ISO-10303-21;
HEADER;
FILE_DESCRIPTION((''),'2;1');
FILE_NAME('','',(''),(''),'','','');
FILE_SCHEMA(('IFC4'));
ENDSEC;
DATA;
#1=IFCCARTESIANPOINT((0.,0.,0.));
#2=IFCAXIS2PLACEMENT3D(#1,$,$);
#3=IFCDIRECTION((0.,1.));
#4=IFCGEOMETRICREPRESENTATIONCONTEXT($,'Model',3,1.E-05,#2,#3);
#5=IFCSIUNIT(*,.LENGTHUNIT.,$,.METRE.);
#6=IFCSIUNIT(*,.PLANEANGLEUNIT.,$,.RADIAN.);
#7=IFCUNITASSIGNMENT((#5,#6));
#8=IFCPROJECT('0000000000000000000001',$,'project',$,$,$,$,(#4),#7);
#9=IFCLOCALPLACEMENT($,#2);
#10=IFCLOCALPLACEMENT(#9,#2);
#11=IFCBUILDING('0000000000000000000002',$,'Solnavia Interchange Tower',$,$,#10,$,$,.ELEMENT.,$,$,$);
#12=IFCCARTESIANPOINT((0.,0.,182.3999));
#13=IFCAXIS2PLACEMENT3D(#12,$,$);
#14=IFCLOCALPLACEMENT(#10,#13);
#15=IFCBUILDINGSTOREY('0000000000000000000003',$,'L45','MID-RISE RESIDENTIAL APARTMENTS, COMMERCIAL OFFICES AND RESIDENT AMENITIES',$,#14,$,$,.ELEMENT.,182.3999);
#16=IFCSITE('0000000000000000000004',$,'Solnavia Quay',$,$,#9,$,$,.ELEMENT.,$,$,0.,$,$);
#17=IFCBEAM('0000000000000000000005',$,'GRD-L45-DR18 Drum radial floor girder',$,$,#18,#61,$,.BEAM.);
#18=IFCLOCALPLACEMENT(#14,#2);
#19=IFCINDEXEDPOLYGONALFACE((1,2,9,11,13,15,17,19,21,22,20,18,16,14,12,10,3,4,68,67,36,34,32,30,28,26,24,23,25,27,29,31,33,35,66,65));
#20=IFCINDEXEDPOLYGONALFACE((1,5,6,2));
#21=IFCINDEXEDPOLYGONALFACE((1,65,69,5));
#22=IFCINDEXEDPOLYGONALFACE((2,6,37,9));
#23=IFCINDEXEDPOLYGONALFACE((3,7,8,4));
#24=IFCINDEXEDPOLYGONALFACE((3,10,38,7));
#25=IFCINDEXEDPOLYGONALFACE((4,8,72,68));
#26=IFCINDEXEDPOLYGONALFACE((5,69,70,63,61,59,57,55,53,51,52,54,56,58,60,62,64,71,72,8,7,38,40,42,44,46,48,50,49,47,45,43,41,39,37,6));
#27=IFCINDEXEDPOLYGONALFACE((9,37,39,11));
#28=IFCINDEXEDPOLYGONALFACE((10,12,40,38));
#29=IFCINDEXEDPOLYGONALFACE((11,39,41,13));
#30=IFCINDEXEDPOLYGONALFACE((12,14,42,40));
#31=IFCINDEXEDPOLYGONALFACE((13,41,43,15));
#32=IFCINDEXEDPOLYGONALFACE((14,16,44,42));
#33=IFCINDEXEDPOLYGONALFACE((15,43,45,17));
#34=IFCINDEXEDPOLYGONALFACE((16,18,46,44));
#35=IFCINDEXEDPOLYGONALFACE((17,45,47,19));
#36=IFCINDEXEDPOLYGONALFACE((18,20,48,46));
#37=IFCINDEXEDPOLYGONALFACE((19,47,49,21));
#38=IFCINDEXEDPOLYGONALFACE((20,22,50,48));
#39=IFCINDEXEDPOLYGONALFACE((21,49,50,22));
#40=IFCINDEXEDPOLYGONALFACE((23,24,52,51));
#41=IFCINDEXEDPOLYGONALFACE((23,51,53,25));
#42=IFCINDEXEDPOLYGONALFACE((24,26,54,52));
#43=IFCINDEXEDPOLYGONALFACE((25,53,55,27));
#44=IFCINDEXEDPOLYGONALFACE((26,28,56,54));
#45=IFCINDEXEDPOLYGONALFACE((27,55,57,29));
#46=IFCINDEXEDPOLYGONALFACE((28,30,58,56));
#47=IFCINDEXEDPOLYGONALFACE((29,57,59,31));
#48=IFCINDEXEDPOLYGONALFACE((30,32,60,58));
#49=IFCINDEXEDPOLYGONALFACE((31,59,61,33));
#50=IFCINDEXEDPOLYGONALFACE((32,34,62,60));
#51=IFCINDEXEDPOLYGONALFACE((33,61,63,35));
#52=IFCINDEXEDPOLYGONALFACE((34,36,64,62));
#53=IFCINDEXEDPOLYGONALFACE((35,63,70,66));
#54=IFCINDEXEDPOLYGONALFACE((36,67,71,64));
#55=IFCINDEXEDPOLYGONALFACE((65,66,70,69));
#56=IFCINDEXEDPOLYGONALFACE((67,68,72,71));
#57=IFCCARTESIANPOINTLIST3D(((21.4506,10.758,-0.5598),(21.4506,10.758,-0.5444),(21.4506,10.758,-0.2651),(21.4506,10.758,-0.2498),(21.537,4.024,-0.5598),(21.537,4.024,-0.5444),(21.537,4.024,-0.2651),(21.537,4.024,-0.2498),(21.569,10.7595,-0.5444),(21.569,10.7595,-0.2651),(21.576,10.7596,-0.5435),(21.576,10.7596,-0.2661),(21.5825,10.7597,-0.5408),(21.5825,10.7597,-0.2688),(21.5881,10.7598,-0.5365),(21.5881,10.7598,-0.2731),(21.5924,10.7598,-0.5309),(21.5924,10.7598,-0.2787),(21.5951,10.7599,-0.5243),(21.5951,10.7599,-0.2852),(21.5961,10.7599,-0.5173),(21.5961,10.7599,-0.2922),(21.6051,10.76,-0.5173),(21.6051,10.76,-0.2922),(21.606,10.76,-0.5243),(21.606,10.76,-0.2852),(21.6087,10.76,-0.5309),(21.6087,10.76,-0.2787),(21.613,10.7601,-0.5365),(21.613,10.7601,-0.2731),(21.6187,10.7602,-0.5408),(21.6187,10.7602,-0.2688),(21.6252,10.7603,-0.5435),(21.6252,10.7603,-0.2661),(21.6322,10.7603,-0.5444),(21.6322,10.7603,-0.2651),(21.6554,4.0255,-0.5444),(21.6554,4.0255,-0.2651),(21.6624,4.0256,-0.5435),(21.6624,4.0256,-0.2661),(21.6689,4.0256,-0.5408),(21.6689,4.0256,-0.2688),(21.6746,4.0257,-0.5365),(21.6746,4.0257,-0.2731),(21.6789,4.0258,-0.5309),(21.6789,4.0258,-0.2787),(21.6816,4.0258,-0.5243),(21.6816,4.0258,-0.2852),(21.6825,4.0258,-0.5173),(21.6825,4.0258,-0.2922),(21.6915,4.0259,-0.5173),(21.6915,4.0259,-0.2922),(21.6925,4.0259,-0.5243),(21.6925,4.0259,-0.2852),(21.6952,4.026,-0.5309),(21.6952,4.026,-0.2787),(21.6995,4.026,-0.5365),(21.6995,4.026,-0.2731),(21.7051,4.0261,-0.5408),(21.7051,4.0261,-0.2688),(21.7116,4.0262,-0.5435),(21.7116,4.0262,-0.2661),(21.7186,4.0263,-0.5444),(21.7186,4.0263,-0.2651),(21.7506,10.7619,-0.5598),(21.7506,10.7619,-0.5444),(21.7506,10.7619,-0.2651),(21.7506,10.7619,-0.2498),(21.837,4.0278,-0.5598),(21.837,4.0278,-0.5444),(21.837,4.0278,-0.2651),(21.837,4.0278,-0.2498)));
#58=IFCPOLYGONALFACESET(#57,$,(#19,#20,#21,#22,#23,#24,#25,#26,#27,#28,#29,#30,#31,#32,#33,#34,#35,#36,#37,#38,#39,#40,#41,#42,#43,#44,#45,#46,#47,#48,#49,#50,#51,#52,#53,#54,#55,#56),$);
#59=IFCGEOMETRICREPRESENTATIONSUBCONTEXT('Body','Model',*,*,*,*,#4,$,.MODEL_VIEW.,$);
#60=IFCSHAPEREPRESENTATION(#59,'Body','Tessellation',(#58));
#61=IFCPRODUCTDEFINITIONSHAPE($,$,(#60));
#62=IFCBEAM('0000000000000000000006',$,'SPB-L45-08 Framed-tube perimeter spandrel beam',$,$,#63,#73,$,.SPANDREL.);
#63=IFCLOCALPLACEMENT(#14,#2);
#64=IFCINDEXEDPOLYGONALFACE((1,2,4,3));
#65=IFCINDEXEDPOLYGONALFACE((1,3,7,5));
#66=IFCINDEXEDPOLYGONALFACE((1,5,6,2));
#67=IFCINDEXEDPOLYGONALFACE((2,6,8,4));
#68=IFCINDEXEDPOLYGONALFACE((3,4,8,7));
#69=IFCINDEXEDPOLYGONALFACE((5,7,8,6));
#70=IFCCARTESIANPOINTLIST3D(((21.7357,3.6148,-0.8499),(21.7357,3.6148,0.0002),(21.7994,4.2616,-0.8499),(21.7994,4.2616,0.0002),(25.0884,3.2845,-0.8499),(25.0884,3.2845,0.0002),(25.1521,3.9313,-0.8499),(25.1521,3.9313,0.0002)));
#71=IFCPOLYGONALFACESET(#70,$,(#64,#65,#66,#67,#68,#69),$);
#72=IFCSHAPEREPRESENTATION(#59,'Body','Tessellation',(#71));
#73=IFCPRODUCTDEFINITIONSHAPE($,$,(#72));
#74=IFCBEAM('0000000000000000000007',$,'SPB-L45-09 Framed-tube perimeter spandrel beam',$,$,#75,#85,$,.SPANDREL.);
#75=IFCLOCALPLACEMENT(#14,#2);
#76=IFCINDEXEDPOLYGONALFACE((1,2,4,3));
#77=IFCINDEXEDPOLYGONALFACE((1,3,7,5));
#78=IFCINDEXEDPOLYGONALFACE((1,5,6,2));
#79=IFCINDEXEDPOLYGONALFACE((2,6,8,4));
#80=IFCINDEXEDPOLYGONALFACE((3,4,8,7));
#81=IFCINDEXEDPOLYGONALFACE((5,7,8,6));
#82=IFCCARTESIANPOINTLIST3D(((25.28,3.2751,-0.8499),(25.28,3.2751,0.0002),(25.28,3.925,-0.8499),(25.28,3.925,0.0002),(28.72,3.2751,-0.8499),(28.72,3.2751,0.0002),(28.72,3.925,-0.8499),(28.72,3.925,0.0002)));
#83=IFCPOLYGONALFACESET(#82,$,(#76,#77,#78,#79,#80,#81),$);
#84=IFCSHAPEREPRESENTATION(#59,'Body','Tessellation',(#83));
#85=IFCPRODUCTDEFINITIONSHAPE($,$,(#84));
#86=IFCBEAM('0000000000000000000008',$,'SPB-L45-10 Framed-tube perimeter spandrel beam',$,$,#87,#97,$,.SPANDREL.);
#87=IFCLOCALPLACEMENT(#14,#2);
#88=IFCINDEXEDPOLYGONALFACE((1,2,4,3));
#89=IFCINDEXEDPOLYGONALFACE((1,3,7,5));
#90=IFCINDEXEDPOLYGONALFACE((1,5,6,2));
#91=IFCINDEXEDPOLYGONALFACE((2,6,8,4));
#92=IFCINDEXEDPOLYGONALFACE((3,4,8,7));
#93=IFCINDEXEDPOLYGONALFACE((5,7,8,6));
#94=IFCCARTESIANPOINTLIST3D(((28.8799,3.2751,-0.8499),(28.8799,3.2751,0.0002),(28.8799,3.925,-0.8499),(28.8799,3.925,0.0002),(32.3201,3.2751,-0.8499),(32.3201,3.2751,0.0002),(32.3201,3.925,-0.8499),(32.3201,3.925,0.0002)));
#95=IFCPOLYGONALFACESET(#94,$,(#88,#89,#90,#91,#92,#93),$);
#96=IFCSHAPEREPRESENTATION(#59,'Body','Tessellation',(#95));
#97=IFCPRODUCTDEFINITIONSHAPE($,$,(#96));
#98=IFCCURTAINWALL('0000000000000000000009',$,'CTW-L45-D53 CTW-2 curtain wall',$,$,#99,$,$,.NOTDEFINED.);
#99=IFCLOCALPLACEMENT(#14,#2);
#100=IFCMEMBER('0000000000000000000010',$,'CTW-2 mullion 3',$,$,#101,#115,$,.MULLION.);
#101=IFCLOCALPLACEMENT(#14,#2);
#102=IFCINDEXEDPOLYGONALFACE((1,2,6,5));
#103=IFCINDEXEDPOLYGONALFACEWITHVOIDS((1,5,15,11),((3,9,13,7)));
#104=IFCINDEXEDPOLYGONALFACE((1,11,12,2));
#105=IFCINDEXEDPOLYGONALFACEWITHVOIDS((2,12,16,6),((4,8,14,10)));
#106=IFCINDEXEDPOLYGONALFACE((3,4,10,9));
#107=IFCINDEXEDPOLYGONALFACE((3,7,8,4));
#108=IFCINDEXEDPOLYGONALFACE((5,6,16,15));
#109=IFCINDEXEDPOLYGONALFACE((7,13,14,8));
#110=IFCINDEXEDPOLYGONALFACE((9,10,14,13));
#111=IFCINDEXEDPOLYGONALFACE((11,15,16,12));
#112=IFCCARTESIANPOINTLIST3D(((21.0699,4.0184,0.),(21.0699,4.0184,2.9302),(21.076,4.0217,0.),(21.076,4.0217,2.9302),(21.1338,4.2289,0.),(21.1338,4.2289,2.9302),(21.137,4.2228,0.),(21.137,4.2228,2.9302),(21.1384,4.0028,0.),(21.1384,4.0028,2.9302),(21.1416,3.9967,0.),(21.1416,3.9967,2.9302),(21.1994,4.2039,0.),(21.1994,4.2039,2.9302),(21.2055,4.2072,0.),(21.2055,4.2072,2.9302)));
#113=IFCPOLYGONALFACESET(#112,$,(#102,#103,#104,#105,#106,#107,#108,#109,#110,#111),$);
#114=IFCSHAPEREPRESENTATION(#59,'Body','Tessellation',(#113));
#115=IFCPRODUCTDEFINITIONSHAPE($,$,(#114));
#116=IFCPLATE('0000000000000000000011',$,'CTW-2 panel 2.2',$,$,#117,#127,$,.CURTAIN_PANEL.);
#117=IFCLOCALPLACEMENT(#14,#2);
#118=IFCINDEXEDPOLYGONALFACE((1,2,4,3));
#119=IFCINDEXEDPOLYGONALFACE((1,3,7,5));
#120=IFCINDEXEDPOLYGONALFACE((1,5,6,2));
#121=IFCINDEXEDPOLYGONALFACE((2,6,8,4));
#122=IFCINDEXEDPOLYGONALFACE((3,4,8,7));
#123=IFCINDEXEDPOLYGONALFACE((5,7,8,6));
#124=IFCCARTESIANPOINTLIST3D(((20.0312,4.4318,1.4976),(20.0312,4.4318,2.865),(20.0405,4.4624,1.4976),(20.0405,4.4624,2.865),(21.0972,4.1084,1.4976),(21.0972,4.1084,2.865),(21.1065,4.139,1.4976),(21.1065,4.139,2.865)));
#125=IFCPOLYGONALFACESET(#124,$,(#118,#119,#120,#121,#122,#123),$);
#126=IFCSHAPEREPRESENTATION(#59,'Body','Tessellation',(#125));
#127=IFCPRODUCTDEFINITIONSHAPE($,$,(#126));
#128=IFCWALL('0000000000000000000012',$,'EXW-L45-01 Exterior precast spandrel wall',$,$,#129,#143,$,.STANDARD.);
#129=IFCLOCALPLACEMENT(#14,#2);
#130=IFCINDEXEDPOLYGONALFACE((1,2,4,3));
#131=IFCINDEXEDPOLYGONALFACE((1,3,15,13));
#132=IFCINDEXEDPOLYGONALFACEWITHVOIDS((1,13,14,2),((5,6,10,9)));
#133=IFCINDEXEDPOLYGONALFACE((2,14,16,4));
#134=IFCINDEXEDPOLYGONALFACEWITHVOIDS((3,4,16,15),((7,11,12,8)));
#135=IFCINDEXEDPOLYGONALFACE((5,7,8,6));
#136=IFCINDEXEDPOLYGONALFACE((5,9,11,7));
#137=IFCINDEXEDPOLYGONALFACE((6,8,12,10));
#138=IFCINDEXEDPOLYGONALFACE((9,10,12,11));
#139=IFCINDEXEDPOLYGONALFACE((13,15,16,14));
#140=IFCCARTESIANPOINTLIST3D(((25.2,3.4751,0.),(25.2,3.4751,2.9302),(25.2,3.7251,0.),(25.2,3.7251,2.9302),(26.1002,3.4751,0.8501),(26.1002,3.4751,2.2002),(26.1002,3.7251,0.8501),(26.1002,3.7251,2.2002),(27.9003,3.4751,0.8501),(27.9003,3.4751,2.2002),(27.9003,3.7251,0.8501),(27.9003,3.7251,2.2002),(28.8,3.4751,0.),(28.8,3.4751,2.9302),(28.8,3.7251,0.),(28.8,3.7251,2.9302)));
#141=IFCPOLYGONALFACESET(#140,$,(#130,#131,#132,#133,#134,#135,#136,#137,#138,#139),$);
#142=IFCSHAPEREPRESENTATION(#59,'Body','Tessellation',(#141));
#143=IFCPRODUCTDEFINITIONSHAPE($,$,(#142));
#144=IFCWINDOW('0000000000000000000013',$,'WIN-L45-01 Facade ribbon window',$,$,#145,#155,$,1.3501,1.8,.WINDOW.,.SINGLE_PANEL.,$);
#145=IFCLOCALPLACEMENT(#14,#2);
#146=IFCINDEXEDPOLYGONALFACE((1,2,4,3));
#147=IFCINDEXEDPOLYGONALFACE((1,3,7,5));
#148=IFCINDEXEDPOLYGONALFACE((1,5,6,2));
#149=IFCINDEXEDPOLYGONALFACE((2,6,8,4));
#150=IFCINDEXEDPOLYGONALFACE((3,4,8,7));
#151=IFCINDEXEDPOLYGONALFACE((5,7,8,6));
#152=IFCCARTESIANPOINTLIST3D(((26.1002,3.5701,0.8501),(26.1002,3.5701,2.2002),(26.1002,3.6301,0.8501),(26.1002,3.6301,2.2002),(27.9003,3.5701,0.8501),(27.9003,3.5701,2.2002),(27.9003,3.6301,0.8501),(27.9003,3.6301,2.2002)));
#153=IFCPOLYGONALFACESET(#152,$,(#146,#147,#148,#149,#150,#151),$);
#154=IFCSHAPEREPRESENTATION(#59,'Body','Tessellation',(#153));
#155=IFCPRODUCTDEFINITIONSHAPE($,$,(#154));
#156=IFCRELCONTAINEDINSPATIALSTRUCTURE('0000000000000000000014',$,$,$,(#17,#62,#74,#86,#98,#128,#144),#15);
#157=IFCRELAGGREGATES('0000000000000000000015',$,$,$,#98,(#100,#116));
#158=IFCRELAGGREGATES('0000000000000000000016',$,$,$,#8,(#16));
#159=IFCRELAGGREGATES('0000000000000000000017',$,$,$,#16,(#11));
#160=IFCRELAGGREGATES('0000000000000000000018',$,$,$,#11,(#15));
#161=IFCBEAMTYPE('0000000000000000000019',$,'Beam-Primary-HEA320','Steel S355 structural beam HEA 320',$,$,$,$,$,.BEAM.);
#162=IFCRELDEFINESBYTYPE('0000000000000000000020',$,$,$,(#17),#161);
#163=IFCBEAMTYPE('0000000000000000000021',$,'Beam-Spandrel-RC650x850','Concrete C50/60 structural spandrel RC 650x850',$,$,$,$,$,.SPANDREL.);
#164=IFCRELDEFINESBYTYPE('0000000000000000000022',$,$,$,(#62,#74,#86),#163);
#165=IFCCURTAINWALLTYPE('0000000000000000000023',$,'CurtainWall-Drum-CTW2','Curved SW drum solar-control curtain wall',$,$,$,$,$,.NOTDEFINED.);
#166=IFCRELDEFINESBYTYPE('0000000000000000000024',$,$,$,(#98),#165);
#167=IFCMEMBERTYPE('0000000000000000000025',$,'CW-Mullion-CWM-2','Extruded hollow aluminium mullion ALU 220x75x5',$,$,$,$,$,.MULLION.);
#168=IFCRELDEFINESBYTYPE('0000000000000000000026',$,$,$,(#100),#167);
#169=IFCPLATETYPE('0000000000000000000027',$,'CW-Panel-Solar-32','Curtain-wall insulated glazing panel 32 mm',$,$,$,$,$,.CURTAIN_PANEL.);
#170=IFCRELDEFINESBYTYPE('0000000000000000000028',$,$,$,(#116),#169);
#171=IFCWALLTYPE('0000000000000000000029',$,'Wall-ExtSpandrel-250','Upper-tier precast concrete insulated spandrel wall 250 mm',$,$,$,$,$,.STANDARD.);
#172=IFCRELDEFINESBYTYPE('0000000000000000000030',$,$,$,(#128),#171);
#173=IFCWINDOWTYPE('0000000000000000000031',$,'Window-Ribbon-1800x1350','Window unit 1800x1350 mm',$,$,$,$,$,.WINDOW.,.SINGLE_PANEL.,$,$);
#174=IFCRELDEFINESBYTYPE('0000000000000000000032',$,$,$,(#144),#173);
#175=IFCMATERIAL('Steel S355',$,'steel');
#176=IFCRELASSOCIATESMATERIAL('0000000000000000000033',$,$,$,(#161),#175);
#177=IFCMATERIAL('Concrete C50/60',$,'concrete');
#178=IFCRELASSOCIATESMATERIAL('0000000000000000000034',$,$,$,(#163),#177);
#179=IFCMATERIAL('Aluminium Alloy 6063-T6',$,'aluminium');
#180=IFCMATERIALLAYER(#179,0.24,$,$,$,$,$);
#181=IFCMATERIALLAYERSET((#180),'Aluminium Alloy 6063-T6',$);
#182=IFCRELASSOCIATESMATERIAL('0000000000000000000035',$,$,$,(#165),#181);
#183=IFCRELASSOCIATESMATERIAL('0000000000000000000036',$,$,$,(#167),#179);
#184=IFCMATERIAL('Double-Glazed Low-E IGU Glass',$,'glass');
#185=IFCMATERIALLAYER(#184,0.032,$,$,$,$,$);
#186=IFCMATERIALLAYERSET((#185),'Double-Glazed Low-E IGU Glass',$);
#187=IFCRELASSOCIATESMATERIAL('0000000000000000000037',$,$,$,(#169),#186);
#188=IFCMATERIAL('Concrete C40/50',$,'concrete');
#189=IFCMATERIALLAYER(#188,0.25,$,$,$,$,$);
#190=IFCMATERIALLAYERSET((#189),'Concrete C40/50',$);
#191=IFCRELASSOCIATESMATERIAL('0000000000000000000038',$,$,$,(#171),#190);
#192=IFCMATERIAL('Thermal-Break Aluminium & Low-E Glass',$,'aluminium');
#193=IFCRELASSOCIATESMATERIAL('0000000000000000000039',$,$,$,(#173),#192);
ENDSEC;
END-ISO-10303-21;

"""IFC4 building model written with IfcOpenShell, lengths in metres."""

from ifc_helpers import new_model, si_unit, direction, frame, frame_2d, origin, origin_2d, place, context, subcontext, project, spatial, rectangle, hollow_rectangle, i_section, extrude, material, layer, layer_set, material_profile, profile_set, type_object, element, fill, aggregate, save


model = new_model("IFC4")

# Units and contexts
model_context = context("Model", 3, precision=1e-05, world=origin(), true_north=direction((0.0, 1.0)))
body_context = subcontext(model_context, "Body", "Model", "MODEL_VIEW")
ifc_project = project(units=[si_unit("LENGTHUNIT", "METRE"), si_unit("PLANEANGLEUNIT", "RADIAN")], contexts=[model_context])

# Site, building, storey
site_placement = place(None, origin())
site = spatial("IfcSite", under=ifc_project, at=site_placement, Name="Solnavia Quay", CompositionType="ELEMENT", RefElevation=0.0)
building_placement = place(site_placement, origin())
building = spatial("IfcBuilding", under=site, at=building_placement, Name="Solnavia Interchange Tower", CompositionType="ELEMENT")
storey_placement = place(building_placement, frame((0.0, 0.0, 182.3999)))
storey = spatial("IfcBuildingStorey", under=building, at=storey_placement, Name="L45", Description="MID-RISE RESIDENTIAL APARTMENTS, COMMERCIAL OFFICES AND RESIDENT AMENITIES", CompositionType="ELEMENT", Elevation=182.3999)

# Shared definitions
ifc_material_1 = material(Name="Concrete C50/60", Category="concrete")
ifc_material_2 = material(Name="Steel S355", Category="steel")

# Beams
ifc_material_profile_1 = material_profile(ifc_material_2, i_section(OverallWidth=0.3, OverallDepth=0.3101, WebThickness=0.009, FlangeThickness=0.0154, FilletRadius=0.0271, at=origin_2d()), Name="HEA 320")
ifc_profile_set_1 = profile_set([ifc_material_profile_1], Name="Steel S355")
beam_type_1 = type_object("IfcBeamType", Name="Beam-Primary-HEA320", Description="Steel S355 structural beam HEA 320", PredefinedType="BEAM", material=ifc_profile_set_1)
beam_1_placement = place(storey_placement, frame((21.687, 4.0259, -0.4048), z_axis=(-0.012833, 0.999918, 0.0), x_axis=(-0.999918, -0.012833, 0.0)))
element("IfcBeam", 1, at=beam_1_placement, inside=storey, type_object=beam_type_1, Name="GRD-L45-DR18 Drum radial floor girder", PredefinedType="BEAM", context=body_context, shape_type="SweptSolid", body=[
    extrude(i_section(OverallWidth=0.3, OverallDepth=0.3101, WebThickness=0.009, FlangeThickness=0.0154, FilletRadius=0.0271, at=origin_2d()), origin(), (0.0, 0.0, 1.0), 6.7346),
])
ifc_material_profile_2 = material_profile(ifc_material_1, rectangle(XDim=0.6499, YDim=0.8501, at=origin_2d()), Name="RC 650x850")
ifc_profile_set_2 = profile_set([ifc_material_profile_2], Name="Concrete C50/60")
beam_type_2 = type_object("IfcBeamType", Name="Beam-Spandrel-RC650x850", Description="Concrete C50/60 structural spandrel RC 650x850", PredefinedType="SPANDREL", material=ifc_profile_set_2)
beam_2_placement = place(storey_placement, frame((21.7676, 3.9382, -0.4248), z_axis=(0.995182, -0.098047, 0.0), x_axis=(0.098047, 0.995182, 0.0)))
element("IfcBeam", 2, at=beam_2_placement, inside=storey, type_object=beam_type_2, Name="SPB-L45-08 Framed-tube perimeter spandrel beam", PredefinedType="SPANDREL", context=body_context, shape_type="SweptSolid", body=[
    extrude(rectangle(XDim=0.6499, YDim=0.8501, at=origin_2d()), origin(), (0.0, 0.0, 1.0), 3.3689),
])
beam_3_placement = place(storey_placement, frame((25.28, 3.6001, -0.4248), z_axis=(1.0, 0.0, 0.0), x_axis=(0.0, 1.0, 0.0)))
element("IfcBeam", 3, at=beam_3_placement, inside=storey, type_object=beam_type_2, Name="SPB-L45-09 Framed-tube perimeter spandrel beam", PredefinedType="SPANDREL", context=body_context, shape_type="SweptSolid", body=[
    extrude(rectangle(XDim=0.6499, YDim=0.8501, at=origin_2d()), origin(), (0.0, 0.0, 1.0), 3.4399),
])
beam_4_placement = place(storey_placement, frame((28.8799, 3.6001, -0.4248), z_axis=(1.0, 0.0, 0.0), x_axis=(0.0, 1.0, 0.0)))
element("IfcBeam", 4, at=beam_4_placement, inside=storey, type_object=beam_type_2, Name="SPB-L45-10 Framed-tube perimeter spandrel beam", PredefinedType="SPANDREL", context=body_context, shape_type="SweptSolid", body=[
    extrude(rectangle(XDim=0.6499, YDim=0.8501, at=origin_2d()), origin(), (0.0, 0.0, 1.0), 3.4402),
])

# Curtain wall, member, plate
ifc_material_3 = material(Name="Aluminium Alloy 6063-T6", Category="aluminium")
ifc_layer_1 = layer(ifc_material_3, 0.24)
ifc_layer_set_1 = layer_set([ifc_layer_1], Name="Aluminium Alloy 6063-T6")
curtain_wall_type = type_object("IfcCurtainWallType", Name="CurtainWall-Drum-CTW2", Description="Curved SW drum solar-control curtain wall", PredefinedType="NOTDEFINED", material=ifc_layer_set_1)
curtain_wall_placement = place(storey_placement, origin())
curtain_wall = element("IfcCurtainWall", 5, at=curtain_wall_placement, inside=storey, type_object=curtain_wall_type, Name="CTW-L45-D53 CTW-2 curtain wall", PredefinedType="NOTDEFINED")
ifc_material_profile_3 = material_profile(ifc_material_3, hollow_rectangle(XDim=0.075, YDim=0.22, WallThickness=0.0049, at=origin_2d()), Name="ALU 220x75x5")
ifc_profile_set_3 = profile_set([ifc_material_profile_3], Name="Aluminium Alloy 6063-T6")
member_type = type_object("IfcMemberType", Name="CW-Mullion-CWM-2", Description="Extruded hollow aluminium mullion ALU 220x75x5", PredefinedType="MULLION", material=ifc_profile_set_3)
member_placement = place(storey_placement, frame((21.1377, 4.1128, 0.0), z_axis=(0.0, 0.0, 1.0), x_axis=(0.956942, -0.290279, 0.0)))
member = element("IfcMember", 6, at=member_placement, type_object=member_type, Name="CTW-2 mullion 3", PredefinedType="MULLION", context=body_context, shape_type="SweptSolid", body=[
    extrude(hollow_rectangle(XDim=0.075, YDim=0.22, WallThickness=0.0049, at=origin_2d()), origin(), (0.0, 0.0, 1.0), 2.9302),
])
ifc_material_4 = material(Name="Double-Glazed Low-E IGU Glass", Category="glass")
ifc_layer_2 = layer(ifc_material_4, 0.032)
ifc_layer_set_2 = layer_set([ifc_layer_2], Name="Double-Glazed Low-E IGU Glass")
plate_type = type_object("IfcPlateType", Name="CW-Panel-Solar-32", Description="Curtain-wall insulated glazing panel 32 mm", PredefinedType="CURTAIN_PANEL", material=ifc_layer_set_2)
plate_placement = place(storey_placement, frame((20.5688, 4.2854, 1.4976), z_axis=(0.0, 0.0, 1.0), x_axis=(0.956942, -0.290279, 0.0)))
plate = element("IfcPlate", 7, at=plate_placement, type_object=plate_type, Name="CTW-2 panel 2.2", PredefinedType="CURTAIN_PANEL", context=body_context, shape_type="SweptSolid", body=[
    extrude(rectangle(XDim=1.114, YDim=0.032, at=origin_2d()), origin(), (0.0, 0.0, 1.0), 1.3674),
])
aggregate(curtain_wall, [member, plate])

# Wall, opening, window
ifc_material_5 = material(Name="Concrete C40/50", Category="concrete")
ifc_layer_3 = layer(ifc_material_5, 0.25)
ifc_layer_set_3 = layer_set([ifc_layer_3], Name="Concrete C40/50")
wall_type_1 = type_object("IfcWallType", Name="Wall-ExtSpandrel-250", Description="Upper-tier precast concrete insulated spandrel wall 250 mm", PredefinedType="STANDARD", material=ifc_layer_set_3)
wall_1_placement = place(storey_placement, frame((28.8, 3.6001, 0.0), z_axis=(0.0, 0.0, 1.0), x_axis=(-1.0, 0.0, 0.0)))
wall_1 = element("IfcWall", 8, at=wall_1_placement, inside=storey, type_object=wall_type_1, Name="EXW-L45-01 Exterior precast spandrel wall", PredefinedType="STANDARD", context=body_context, shape_type="SweptSolid", body=[
    extrude(rectangle(XDim=3.6001, YDim=0.25, at=frame_2d((1.8, 0.0))), origin(), (0.0, 0.0, 1.0), 2.9302),
])
opening_1_placement = place(wall_1_placement, frame((0.8999, 0.0, 0.8501)))
opening_1 = element("IfcOpeningElement", 9, at=opening_1_placement, cuts=wall_1, PredefinedType="OPENING", context=body_context, shape_type="SweptSolid", body=[
    extrude(rectangle(XDim=1.8, YDim=1.3501, at=frame_2d((0.8999, 0.675))), frame((0.0, 0.135, 0.0), z_axis=(0.0, -1.0, 0.0), x_axis=(1.0, 0.0, 0.0)), (0.0, 0.0, 1.0), 0.27),
])
ifc_material_6 = material(Name="Thermal-Break Aluminium & Low-E Glass", Category="aluminium")
window_type_1 = type_object("IfcWindowType", Name="Window-Ribbon-1800x1350", Description="Window unit 1800x1350 mm", PartitioningType="SINGLE_PANEL", PredefinedType="WINDOW", material=ifc_material_6)
window_1_placement = place(opening_1_placement, origin())
window_1 = element("IfcWindow", 10, at=window_1_placement, inside=storey, type_object=window_type_1, Name="WIN-L45-01 Facade ribbon window", OverallHeight=1.3501, OverallWidth=1.8, PartitioningType="SINGLE_PANEL", PredefinedType="WINDOW", context=body_context, shape_type="SweptSolid", body=[
    extrude(rectangle(XDim=1.8, YDim=1.3501, at=frame_2d((0.8999, 0.675))), frame((0.0, 0.03, 0.0), z_axis=(0.0, -1.0, 0.0), x_axis=(1.0, 0.0, 0.0)), (0.0, 0.0, 1.0), 0.0601),
])
fill(opening_1, window_1)

save(model, "model.ifc")
